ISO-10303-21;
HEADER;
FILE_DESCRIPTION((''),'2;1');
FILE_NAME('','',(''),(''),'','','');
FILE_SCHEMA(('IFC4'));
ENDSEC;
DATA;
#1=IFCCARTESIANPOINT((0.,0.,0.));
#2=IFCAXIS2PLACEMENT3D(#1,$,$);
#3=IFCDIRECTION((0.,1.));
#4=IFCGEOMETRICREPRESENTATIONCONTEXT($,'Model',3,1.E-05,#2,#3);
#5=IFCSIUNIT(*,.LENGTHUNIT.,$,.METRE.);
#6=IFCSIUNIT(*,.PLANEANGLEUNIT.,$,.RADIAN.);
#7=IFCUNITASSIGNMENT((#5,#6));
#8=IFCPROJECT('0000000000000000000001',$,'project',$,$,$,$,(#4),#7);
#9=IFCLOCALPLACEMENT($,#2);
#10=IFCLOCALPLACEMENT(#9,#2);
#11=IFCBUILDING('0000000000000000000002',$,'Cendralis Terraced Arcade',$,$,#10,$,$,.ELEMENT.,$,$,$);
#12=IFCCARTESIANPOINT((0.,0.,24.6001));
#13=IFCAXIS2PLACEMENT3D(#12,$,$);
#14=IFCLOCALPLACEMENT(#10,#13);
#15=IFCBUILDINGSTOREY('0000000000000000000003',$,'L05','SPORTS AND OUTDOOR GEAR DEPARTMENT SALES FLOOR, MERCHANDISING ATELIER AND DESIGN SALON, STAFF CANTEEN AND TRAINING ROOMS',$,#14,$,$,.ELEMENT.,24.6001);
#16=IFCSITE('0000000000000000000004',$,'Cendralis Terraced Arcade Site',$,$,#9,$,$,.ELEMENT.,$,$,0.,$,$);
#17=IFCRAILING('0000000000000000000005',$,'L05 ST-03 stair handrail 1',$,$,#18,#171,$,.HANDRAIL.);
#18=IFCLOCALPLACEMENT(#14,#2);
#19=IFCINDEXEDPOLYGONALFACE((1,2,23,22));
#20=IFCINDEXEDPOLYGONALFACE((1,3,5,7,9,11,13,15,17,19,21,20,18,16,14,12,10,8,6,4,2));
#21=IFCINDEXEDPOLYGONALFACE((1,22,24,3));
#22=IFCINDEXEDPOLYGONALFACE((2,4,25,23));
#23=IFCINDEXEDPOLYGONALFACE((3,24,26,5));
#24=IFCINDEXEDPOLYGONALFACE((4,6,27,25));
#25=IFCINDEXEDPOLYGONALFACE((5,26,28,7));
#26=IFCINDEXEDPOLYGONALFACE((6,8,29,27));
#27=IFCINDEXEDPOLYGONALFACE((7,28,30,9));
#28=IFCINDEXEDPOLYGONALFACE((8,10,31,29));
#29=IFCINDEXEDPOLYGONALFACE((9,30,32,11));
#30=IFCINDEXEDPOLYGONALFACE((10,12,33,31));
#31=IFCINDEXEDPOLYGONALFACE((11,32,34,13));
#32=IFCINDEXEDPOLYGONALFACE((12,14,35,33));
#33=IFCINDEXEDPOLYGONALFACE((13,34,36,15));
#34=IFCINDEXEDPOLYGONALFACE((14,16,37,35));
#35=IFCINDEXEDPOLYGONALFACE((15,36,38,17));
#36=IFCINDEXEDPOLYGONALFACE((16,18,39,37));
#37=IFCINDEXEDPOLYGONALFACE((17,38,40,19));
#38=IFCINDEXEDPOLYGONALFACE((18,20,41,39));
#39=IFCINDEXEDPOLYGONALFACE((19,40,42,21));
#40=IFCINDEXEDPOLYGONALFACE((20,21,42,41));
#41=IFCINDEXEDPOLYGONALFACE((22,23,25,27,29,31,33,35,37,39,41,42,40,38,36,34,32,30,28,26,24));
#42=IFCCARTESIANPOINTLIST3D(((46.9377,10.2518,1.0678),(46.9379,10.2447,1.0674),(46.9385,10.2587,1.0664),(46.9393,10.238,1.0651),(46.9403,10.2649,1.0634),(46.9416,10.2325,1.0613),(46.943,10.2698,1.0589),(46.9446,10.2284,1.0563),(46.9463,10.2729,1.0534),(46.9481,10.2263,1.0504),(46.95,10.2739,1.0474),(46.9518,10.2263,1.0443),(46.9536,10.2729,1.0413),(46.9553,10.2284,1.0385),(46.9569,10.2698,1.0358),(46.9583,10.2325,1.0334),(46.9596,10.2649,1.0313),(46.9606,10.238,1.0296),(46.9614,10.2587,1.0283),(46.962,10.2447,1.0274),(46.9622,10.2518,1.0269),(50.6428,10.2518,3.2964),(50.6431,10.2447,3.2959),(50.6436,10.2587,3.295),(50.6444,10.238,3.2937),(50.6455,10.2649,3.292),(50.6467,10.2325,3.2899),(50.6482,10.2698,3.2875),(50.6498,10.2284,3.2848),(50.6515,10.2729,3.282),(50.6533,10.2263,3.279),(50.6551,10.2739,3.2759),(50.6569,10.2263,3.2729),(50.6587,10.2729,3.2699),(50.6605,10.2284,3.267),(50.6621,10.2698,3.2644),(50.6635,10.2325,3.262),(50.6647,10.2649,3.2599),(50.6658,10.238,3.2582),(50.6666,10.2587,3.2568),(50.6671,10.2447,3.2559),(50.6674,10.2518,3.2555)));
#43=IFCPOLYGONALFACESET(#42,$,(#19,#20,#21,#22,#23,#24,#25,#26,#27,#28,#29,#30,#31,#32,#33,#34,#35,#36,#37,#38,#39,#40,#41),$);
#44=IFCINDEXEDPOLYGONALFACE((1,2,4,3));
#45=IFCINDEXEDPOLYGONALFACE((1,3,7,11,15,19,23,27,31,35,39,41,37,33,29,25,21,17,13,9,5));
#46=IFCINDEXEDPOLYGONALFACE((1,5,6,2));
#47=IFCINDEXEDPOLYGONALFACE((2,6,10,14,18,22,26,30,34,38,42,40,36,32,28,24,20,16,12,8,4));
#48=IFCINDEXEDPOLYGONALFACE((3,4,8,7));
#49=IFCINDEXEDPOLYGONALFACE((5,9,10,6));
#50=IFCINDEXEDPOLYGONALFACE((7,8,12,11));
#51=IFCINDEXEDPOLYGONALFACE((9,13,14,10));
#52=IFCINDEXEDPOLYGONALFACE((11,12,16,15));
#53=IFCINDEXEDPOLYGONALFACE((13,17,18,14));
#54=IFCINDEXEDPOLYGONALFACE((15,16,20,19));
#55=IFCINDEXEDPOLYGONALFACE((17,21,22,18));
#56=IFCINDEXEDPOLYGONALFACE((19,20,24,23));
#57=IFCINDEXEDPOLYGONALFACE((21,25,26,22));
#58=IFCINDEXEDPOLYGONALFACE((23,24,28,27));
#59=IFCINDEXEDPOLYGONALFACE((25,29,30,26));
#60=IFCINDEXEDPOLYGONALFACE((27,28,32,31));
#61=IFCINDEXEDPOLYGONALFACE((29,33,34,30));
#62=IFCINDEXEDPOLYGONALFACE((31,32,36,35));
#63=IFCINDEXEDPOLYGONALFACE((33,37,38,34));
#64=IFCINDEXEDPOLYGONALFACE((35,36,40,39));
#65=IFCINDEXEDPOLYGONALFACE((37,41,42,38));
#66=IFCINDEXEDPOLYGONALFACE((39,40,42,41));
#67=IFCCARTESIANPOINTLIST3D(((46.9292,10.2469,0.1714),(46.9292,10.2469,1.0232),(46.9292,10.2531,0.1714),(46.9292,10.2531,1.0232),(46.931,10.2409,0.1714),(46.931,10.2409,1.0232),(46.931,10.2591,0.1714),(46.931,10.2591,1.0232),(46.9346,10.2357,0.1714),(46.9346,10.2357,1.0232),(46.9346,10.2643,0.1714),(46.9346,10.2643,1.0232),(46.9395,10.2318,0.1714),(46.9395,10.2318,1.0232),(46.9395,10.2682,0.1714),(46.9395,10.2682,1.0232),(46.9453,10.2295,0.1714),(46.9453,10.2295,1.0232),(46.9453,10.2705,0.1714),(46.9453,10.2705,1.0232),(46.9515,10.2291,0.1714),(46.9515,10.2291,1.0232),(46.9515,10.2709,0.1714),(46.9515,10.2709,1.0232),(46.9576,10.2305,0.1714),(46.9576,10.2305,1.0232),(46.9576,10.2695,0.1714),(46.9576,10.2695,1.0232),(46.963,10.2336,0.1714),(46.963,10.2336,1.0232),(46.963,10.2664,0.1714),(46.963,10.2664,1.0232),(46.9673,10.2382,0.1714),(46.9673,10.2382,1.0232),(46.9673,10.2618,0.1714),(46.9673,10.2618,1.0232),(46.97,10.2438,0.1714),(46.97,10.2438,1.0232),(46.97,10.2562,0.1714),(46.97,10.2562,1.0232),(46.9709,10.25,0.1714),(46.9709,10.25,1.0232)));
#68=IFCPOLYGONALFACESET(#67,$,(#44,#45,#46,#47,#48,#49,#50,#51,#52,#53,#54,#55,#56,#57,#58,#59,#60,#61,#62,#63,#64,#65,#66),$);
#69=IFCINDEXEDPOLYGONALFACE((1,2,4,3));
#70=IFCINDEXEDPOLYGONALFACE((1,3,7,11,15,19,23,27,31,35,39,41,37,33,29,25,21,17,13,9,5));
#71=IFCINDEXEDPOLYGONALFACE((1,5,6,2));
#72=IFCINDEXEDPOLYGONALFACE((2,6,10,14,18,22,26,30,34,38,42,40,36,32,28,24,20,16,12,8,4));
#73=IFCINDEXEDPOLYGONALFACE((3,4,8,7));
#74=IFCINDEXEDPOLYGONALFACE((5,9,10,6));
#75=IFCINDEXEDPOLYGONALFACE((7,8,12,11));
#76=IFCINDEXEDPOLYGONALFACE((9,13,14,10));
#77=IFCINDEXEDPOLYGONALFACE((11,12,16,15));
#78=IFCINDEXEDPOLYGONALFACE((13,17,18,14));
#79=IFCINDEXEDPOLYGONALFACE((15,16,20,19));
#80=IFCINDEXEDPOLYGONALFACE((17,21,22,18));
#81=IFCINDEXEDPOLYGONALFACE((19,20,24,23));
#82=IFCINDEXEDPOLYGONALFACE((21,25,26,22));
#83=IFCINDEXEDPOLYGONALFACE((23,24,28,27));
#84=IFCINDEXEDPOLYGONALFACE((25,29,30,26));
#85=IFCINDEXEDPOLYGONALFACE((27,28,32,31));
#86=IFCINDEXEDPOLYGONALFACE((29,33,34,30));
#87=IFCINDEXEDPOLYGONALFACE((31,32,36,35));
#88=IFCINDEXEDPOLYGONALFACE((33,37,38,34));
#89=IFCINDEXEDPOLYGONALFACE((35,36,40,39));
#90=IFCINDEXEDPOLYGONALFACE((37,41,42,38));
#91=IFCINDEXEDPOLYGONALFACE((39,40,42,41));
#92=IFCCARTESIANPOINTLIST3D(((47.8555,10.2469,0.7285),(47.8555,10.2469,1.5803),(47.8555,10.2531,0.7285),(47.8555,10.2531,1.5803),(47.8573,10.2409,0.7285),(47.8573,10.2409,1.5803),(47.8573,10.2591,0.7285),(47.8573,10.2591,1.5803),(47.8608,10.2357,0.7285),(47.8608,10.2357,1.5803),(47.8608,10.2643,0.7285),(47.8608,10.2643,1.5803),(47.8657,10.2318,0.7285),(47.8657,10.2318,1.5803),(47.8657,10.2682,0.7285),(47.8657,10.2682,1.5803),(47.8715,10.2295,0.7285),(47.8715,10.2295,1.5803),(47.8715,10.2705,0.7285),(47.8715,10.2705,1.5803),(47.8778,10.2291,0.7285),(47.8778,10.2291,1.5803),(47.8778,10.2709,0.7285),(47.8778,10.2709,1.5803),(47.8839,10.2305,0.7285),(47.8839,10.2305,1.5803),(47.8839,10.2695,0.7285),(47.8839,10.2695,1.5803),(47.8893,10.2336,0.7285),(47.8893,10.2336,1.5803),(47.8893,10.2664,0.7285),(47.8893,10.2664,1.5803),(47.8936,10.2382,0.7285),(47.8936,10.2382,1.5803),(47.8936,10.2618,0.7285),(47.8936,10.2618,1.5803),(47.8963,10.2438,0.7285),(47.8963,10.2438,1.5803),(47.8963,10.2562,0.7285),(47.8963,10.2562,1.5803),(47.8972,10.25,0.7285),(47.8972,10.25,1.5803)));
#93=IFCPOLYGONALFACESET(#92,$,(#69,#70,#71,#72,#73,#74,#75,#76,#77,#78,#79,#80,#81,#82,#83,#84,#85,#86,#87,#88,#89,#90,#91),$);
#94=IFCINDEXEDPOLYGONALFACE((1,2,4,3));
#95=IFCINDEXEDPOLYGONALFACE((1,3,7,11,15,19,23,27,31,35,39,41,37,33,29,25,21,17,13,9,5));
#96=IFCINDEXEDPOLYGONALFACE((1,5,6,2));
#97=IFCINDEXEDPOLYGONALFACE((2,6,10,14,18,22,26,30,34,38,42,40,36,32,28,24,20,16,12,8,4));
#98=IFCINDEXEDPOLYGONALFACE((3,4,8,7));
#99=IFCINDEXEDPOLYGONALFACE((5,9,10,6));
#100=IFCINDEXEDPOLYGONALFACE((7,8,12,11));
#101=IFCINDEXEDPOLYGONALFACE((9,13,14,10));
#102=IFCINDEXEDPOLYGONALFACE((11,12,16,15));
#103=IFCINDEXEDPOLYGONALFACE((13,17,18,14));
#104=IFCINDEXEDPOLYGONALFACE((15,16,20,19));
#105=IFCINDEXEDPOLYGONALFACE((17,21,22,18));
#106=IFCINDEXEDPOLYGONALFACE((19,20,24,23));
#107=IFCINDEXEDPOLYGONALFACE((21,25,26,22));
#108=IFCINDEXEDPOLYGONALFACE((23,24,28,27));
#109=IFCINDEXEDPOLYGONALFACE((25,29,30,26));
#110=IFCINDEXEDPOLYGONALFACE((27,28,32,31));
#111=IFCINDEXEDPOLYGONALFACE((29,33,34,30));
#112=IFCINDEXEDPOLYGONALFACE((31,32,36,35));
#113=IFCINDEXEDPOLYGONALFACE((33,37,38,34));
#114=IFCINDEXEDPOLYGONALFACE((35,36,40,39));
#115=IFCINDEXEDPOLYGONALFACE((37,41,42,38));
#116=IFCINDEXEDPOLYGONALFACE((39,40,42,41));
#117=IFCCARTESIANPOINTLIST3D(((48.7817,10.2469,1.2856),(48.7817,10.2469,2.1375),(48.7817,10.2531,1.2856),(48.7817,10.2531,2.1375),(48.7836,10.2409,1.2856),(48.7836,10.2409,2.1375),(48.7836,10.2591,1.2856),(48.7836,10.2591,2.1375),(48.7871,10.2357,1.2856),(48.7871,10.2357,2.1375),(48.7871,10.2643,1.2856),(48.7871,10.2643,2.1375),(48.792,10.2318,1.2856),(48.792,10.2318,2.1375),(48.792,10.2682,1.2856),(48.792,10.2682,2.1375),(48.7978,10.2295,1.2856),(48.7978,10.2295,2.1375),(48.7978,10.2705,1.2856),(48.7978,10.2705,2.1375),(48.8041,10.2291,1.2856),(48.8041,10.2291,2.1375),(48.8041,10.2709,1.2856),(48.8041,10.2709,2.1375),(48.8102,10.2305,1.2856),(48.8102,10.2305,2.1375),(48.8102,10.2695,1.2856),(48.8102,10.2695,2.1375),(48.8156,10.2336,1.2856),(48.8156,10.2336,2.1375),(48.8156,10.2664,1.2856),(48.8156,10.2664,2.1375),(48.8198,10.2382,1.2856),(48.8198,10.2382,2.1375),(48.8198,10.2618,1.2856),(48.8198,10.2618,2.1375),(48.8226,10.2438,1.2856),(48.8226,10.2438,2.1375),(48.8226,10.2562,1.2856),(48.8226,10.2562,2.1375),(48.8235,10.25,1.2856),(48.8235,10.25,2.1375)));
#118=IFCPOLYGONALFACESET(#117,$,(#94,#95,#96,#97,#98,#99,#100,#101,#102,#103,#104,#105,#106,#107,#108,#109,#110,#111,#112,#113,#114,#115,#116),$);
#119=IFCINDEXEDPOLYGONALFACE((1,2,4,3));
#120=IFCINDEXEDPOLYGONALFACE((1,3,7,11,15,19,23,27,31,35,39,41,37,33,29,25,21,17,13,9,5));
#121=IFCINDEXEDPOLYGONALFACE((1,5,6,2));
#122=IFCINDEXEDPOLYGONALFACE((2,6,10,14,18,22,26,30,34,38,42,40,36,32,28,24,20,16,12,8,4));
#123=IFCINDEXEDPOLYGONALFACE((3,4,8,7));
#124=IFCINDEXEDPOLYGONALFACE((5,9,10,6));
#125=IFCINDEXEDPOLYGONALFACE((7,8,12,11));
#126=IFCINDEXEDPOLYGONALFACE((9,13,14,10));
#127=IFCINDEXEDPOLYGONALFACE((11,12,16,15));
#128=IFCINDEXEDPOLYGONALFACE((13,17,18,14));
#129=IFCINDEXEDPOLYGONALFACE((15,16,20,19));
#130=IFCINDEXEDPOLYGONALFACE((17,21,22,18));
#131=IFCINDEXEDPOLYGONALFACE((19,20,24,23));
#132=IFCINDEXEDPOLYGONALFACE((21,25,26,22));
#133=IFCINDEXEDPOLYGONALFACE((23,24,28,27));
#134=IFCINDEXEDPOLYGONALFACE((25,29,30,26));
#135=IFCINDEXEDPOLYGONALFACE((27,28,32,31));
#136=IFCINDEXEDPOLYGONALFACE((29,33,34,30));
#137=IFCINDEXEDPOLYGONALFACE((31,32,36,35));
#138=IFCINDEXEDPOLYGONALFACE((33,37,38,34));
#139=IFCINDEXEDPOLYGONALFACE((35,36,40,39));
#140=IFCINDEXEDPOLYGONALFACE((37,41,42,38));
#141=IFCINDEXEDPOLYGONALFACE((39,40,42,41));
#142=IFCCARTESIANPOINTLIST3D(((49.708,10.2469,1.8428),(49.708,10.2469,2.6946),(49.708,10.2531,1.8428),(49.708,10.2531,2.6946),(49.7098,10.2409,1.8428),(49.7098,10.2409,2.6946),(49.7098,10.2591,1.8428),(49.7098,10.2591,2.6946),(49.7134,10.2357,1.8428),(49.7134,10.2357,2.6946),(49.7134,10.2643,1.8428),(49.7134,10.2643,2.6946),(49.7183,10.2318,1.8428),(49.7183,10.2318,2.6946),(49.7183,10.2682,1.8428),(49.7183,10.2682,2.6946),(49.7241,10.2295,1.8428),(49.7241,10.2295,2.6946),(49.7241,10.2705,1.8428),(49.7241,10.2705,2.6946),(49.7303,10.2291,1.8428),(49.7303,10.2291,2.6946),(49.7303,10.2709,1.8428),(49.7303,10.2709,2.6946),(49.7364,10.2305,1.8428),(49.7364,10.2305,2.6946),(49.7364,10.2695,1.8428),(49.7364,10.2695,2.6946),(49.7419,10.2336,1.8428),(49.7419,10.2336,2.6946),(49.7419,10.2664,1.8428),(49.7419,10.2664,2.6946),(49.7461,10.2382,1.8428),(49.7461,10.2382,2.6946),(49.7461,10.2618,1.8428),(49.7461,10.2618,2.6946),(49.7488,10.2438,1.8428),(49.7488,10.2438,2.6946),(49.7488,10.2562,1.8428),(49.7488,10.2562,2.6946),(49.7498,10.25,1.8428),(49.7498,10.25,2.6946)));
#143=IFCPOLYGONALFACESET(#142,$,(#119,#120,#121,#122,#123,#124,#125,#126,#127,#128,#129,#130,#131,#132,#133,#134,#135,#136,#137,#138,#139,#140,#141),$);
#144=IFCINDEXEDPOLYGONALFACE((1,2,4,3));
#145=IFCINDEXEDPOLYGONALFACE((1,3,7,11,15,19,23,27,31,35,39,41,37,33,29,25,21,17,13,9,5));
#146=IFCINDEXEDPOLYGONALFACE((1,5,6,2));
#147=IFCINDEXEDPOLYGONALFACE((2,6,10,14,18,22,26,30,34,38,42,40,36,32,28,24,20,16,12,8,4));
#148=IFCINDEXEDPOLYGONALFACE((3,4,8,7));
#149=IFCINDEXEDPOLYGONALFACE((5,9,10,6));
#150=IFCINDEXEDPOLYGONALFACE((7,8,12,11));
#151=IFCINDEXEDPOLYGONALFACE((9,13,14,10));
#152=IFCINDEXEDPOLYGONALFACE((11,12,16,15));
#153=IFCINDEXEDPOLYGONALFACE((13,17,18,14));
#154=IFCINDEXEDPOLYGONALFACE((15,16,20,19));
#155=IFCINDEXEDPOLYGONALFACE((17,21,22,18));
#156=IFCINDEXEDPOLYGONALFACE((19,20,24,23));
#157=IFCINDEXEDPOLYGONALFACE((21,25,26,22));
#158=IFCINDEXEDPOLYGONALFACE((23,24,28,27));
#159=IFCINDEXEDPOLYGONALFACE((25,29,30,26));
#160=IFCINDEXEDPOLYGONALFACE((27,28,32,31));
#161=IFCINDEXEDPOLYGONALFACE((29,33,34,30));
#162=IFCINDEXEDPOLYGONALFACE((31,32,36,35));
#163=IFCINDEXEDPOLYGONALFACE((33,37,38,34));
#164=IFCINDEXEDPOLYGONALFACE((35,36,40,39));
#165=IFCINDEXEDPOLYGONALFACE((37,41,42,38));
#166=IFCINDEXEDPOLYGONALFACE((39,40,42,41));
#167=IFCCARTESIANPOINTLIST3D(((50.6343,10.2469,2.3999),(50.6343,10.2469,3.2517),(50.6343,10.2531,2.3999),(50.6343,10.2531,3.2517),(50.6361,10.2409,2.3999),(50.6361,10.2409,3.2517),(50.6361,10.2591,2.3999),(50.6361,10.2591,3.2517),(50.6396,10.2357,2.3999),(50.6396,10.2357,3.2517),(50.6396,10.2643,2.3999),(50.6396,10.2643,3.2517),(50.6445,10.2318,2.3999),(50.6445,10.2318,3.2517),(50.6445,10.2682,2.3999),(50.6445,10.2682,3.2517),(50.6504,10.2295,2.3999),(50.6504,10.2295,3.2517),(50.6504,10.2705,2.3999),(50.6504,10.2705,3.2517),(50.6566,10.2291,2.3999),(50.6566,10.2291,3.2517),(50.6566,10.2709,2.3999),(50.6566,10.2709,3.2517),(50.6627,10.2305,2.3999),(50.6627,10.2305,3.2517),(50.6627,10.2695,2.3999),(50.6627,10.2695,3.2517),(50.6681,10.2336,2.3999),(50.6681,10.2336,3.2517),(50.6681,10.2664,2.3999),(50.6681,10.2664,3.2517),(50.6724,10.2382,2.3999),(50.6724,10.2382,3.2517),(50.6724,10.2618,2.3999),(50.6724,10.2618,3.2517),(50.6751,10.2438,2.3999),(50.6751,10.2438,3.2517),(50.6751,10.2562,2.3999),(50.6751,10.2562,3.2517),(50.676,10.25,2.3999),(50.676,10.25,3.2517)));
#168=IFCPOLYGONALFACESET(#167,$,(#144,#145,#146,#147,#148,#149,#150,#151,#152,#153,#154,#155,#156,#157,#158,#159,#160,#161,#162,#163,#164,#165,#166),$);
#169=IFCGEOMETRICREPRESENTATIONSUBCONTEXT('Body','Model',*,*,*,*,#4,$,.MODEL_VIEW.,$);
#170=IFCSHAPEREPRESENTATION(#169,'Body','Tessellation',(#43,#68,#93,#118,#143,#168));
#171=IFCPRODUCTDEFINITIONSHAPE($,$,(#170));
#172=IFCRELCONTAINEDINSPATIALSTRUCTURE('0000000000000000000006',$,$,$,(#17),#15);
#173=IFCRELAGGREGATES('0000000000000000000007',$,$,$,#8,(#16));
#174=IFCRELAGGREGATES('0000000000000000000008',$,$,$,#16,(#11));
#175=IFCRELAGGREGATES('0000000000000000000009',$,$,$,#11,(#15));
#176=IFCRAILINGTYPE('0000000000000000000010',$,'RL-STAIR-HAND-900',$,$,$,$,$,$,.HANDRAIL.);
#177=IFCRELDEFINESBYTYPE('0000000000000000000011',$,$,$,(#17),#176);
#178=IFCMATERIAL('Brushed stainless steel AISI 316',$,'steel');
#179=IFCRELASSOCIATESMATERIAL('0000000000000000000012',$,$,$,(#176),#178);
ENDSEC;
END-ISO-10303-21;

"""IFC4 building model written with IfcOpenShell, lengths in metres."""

from ifc_helpers import new_model, si_unit, direction, frame, origin, origin_2d, place, context, subcontext, project, spatial, circle, extrude, material, type_object, element, save


model = new_model("IFC4")

# Units and contexts
model_context = context("Model", 3, precision=1e-05, world=origin(), true_north=direction((0.0, 1.0)))
body_context = subcontext(model_context, "Body", "Model", "MODEL_VIEW")
ifc_project = project(units=[si_unit("LENGTHUNIT", "METRE"), si_unit("PLANEANGLEUNIT", "RADIAN")], contexts=[model_context])

# Site, building, storey
site_placement = place(None, origin())
site = spatial("IfcSite", under=ifc_project, at=site_placement, Name="Cendralis Terraced Arcade Site", CompositionType="ELEMENT", RefElevation=0.0)
building_placement = place(site_placement, origin())
building = spatial("IfcBuilding", under=site, at=building_placement, Name="Cendralis Terraced Arcade", CompositionType="ELEMENT")
storey_placement = place(building_placement, frame((0.0, 0.0, 24.6001)))
storey = spatial("IfcBuildingStorey", under=building, at=storey_placement, Name="L05", Description="SPORTS AND OUTDOOR GEAR DEPARTMENT SALES FLOOR, MERCHANDISING ATELIER AND DESIGN SALON, STAFF CANTEEN AND TRAINING ROOMS", CompositionType="ELEMENT", Elevation=24.6001)

# Railing
ifc_material_1 = material(Name="Brushed stainless steel AISI 316", Category="steel")
railing_type_1 = type_object("IfcRailingType", Name="RL-STAIR-HAND-900", PredefinedType="HANDRAIL", material=ifc_material_1)
railing_1_placement = place(storey_placement, frame((46.95, 10.25, 0.1714)))
element("IfcRailing", 1, at=railing_1_placement, inside=storey, type_object=railing_type_1, Name="L05 ST-03 stair handrail 1", PredefinedType="HANDRAIL", context=body_context, shape_type="SweptSolid", body=[
    extrude(circle(Radius=0.0239, at=origin_2d()), frame((0.0, 0.0, 0.876), z_axis=(0.856934, 0.0, 0.515425), x_axis=(0.0, 1.0, 0.0)), (0.0, 0.0, 1.0), 4.3237),
    extrude(circle(Radius=0.021, at=origin_2d()), origin(), (0.0, 0.0, 1.0), 0.8518),
    extrude(circle(Radius=0.021, at=origin_2d()), frame((0.9263, 0.0, 0.5571)), (0.0, 0.0, 1.0), 0.8518),
    extrude(circle(Radius=0.021, at=origin_2d()), frame((1.8525, 0.0, 1.1143)), (0.0, 0.0, 1.0), 0.8518),
    extrude(circle(Radius=0.021, at=origin_2d()), frame((2.7788, 0.0, 1.6714)), (0.0, 0.0, 1.0), 0.8518),
    extrude(circle(Radius=0.021, at=origin_2d()), frame((3.7051, 0.0, 2.2285)), (0.0, 0.0, 1.0), 0.8518),
])

save(model, "model.ifc")
